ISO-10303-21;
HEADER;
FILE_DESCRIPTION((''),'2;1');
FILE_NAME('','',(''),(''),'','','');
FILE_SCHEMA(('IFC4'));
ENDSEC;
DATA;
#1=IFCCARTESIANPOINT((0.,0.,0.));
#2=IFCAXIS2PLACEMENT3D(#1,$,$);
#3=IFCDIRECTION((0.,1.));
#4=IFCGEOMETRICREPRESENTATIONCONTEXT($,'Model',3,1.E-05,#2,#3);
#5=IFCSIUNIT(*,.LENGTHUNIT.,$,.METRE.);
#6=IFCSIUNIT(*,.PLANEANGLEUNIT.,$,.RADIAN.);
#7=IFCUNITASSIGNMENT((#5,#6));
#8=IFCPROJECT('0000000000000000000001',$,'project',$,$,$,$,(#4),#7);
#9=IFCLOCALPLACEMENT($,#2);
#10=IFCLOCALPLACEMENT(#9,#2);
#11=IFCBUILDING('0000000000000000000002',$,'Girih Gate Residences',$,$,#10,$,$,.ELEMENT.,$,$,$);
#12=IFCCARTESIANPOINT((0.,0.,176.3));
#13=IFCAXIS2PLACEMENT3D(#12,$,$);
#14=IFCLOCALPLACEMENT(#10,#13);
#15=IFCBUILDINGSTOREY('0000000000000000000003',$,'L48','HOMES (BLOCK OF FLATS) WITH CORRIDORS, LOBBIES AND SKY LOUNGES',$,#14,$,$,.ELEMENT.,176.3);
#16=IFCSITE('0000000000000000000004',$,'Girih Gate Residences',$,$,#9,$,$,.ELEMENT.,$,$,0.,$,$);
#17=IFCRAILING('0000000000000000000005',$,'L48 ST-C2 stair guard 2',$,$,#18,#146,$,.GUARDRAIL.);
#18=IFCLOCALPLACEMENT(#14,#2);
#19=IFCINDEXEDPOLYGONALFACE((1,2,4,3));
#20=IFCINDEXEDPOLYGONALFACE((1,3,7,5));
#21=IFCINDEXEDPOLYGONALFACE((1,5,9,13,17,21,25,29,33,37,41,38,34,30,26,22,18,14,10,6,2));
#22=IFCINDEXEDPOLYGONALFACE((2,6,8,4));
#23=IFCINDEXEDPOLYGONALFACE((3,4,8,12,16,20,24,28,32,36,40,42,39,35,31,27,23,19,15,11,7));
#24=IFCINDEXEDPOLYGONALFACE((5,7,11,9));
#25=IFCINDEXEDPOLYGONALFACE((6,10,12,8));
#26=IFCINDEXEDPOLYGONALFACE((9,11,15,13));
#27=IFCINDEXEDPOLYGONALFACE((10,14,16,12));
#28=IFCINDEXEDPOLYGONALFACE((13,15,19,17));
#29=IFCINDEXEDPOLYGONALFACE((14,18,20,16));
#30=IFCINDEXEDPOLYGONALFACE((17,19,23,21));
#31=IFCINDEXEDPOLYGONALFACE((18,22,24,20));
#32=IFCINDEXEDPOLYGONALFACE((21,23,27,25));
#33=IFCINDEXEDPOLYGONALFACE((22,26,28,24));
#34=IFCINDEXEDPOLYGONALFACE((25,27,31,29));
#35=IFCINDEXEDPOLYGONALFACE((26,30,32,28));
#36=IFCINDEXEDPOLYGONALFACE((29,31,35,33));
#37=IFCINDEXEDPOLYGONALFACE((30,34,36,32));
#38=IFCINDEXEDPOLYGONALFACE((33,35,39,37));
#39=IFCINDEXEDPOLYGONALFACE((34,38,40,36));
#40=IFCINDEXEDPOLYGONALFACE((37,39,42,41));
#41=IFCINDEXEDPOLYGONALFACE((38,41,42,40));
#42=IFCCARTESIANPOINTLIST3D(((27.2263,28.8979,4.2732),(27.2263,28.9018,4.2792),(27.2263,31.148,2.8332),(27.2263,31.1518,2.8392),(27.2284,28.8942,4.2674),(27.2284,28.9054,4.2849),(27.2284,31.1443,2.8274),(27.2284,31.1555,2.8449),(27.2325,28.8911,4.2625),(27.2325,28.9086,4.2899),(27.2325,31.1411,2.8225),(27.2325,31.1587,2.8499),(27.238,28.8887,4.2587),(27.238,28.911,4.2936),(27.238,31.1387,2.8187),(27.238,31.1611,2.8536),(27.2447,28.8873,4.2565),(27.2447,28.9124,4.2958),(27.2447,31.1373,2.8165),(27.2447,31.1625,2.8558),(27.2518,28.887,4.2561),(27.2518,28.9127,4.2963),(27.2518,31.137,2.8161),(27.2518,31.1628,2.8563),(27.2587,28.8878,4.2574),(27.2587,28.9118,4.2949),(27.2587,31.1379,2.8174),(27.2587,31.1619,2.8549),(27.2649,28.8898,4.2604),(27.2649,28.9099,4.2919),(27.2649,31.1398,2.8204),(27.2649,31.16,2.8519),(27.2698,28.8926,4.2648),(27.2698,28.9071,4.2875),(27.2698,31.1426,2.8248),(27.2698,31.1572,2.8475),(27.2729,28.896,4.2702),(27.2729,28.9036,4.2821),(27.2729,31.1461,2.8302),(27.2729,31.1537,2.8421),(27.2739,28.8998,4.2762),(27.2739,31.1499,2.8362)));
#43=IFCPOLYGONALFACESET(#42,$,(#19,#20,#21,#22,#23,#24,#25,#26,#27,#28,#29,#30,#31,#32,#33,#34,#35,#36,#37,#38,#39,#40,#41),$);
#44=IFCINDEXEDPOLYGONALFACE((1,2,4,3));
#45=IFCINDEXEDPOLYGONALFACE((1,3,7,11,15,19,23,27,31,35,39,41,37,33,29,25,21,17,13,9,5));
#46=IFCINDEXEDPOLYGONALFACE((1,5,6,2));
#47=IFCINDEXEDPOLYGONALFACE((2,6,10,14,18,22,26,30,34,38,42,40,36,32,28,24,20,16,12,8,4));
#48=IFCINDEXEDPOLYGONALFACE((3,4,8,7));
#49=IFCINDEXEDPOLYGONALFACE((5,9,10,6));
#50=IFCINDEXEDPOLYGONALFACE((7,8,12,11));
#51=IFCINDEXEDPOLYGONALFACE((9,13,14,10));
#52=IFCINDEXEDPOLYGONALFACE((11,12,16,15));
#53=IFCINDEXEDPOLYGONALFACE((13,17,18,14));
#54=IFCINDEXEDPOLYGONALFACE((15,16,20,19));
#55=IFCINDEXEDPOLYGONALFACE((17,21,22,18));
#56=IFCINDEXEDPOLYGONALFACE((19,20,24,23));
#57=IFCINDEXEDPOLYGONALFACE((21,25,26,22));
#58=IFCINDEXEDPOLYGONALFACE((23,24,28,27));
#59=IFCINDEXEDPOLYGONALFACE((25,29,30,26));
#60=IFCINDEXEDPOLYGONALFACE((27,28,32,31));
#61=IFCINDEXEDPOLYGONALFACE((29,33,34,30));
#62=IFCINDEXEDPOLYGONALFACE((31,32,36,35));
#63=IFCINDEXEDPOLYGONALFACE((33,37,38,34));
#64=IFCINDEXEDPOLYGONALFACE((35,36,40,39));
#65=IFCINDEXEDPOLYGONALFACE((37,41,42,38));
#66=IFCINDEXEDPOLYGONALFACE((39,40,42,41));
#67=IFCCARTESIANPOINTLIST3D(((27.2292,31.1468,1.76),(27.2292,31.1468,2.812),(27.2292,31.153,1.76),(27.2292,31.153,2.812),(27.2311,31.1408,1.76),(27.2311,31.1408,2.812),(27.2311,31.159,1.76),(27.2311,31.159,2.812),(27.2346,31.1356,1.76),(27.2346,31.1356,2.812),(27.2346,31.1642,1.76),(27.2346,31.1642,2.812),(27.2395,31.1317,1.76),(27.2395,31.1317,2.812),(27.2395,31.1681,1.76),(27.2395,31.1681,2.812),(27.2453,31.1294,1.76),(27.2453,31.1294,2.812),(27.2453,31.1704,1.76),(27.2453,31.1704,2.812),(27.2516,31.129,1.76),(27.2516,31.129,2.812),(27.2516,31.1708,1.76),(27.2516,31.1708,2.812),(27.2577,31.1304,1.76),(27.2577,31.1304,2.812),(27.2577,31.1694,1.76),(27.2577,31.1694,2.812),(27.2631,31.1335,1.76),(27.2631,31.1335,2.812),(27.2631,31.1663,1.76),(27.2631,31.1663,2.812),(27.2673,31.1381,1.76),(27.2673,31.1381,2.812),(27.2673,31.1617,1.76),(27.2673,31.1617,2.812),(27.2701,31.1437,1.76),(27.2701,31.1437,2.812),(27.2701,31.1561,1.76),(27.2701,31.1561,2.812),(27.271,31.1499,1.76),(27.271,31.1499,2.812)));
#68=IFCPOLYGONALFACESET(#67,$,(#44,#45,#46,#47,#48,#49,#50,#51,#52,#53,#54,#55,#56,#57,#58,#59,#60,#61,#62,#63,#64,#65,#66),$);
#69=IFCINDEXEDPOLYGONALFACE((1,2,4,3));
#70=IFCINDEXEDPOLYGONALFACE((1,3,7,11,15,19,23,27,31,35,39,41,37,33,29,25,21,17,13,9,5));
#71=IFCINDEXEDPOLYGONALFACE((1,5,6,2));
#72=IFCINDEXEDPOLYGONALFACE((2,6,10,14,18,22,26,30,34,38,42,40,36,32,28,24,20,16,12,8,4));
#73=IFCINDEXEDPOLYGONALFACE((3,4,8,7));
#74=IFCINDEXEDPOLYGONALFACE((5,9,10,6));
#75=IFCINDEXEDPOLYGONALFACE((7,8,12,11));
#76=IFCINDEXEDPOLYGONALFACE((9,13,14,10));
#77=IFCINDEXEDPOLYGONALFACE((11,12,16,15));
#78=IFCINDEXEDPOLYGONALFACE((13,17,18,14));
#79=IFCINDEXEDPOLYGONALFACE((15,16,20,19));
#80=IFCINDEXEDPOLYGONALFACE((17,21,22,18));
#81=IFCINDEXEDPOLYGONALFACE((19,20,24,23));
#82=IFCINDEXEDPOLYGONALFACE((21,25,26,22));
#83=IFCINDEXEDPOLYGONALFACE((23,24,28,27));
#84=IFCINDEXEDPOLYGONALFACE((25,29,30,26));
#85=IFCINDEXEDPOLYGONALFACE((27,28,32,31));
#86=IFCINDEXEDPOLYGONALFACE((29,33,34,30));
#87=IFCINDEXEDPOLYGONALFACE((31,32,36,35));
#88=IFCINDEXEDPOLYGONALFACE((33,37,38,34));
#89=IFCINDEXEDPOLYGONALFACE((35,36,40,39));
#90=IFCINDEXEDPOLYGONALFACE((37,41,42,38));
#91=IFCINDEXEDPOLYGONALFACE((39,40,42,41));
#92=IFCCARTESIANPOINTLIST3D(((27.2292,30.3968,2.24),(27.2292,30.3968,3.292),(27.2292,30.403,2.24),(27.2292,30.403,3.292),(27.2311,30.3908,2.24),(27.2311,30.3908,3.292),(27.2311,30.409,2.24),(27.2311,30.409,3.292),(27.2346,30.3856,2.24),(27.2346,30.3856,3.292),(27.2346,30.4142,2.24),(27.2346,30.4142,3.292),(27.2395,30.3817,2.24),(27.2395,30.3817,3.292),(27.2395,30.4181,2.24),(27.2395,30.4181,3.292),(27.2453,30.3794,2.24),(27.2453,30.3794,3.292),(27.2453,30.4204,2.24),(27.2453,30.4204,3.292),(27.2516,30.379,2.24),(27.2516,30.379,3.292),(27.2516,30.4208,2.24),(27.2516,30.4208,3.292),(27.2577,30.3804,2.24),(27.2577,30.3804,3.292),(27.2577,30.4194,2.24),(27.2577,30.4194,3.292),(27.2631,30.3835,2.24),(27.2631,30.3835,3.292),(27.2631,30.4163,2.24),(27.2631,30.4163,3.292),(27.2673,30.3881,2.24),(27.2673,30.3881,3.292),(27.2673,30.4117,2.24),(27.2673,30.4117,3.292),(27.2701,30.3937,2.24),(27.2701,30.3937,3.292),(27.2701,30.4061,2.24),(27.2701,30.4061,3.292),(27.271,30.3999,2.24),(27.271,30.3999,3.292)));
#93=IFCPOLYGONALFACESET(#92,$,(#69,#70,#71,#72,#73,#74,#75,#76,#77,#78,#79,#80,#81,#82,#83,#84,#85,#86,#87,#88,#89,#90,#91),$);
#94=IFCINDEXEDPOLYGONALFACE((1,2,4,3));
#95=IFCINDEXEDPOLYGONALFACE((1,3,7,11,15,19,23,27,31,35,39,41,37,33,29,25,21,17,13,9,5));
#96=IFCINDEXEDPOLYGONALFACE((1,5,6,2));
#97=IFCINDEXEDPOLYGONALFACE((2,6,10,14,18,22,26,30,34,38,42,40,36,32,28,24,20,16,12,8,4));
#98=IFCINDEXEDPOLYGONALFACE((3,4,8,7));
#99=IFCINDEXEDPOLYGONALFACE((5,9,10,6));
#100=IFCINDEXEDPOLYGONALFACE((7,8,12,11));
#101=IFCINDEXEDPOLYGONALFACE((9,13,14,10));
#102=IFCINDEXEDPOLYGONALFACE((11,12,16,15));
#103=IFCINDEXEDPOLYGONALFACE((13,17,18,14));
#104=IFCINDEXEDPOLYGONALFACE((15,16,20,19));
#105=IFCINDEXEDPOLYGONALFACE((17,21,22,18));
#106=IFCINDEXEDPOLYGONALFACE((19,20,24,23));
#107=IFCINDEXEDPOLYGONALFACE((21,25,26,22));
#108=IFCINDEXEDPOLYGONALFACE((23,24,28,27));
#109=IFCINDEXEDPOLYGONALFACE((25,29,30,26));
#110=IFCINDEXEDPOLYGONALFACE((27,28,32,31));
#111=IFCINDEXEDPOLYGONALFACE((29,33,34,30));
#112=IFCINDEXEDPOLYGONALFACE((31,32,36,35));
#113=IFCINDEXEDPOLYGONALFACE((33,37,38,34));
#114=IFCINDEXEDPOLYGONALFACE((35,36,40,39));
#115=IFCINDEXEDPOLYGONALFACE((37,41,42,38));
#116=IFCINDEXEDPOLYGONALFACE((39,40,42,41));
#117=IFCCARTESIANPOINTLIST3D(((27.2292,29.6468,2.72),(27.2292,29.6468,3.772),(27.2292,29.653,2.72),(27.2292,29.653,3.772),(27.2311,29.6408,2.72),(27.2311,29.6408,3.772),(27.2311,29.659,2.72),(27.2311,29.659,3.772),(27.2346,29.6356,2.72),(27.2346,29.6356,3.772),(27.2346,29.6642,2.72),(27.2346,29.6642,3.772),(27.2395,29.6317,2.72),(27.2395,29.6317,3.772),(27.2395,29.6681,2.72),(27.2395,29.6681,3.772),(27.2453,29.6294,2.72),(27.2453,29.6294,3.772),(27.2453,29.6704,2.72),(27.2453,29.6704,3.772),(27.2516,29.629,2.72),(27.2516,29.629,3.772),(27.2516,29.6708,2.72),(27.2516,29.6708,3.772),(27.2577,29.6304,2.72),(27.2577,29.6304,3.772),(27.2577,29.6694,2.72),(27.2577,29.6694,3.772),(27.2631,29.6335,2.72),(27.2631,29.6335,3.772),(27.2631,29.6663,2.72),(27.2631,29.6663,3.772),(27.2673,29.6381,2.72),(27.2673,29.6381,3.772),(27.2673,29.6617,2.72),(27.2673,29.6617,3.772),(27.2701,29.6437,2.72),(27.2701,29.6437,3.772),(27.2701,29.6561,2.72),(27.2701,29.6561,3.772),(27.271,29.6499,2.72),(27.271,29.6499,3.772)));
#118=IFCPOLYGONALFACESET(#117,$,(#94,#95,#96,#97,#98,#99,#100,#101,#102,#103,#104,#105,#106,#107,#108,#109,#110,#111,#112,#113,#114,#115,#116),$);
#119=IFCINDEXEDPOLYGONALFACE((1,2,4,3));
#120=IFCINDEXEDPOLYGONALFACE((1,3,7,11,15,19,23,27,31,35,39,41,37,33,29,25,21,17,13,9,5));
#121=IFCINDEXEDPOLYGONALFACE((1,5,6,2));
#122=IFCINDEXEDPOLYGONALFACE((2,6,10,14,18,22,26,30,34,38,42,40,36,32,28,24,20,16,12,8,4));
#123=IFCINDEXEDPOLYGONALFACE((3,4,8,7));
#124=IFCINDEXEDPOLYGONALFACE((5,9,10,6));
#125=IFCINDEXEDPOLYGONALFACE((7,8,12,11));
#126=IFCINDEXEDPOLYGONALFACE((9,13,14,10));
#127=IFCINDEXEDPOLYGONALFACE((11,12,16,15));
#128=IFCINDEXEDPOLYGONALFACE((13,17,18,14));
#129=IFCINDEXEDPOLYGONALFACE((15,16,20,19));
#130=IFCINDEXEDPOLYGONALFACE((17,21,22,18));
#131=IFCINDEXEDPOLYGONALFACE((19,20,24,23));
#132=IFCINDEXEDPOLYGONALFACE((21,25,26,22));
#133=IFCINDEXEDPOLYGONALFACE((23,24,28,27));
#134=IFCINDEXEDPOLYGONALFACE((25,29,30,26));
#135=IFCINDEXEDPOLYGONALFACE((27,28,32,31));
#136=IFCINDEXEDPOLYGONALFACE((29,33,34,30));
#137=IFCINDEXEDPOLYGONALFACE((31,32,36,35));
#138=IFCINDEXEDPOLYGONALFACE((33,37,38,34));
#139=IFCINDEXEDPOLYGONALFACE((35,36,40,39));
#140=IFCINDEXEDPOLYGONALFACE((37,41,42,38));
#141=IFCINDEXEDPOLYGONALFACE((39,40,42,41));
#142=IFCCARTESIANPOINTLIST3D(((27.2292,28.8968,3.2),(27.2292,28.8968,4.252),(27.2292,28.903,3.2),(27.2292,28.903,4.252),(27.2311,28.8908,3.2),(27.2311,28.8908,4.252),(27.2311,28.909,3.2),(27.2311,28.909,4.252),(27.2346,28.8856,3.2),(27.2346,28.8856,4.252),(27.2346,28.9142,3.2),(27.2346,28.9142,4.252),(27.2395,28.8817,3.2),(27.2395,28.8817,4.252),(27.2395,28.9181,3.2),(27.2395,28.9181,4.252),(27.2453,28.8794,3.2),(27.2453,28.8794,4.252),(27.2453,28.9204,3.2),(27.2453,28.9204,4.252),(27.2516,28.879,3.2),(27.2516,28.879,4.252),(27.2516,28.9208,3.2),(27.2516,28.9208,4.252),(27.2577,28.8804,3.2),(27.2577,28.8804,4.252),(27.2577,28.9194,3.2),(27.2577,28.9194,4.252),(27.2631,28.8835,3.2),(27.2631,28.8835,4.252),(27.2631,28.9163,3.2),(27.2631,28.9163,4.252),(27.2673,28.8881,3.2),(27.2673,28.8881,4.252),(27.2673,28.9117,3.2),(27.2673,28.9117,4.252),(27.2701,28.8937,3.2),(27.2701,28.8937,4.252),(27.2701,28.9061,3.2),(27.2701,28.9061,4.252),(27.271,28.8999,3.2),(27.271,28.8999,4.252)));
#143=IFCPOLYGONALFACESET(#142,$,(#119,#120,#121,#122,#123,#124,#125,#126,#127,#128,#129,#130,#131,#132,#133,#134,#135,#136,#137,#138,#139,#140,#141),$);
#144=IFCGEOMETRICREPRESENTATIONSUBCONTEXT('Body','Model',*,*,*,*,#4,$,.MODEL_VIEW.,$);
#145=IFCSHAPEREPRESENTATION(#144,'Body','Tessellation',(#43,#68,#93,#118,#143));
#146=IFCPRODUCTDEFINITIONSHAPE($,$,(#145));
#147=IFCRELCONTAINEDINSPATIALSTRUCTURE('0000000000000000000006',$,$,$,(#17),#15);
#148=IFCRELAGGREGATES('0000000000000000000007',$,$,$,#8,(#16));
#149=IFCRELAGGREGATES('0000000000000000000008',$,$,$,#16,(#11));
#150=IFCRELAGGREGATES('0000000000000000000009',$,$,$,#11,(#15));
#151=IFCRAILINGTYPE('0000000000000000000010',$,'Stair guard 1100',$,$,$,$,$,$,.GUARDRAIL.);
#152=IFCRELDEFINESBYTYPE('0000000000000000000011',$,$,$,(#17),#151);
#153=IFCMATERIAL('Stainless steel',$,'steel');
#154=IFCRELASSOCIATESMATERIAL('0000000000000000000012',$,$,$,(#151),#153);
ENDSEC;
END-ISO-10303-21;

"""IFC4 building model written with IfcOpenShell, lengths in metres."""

from ifc_helpers import new_model, si_unit, direction, frame, origin, origin_2d, place, context, subcontext, project, spatial, circle, extrude, material, type_object, element, save


model = new_model("IFC4")

# Units and contexts
model_context = context("Model", 3, precision=1e-05, world=origin(), true_north=direction((0.0, 1.0)))
body_context = subcontext(model_context, "Body", "Model", "MODEL_VIEW")
ifc_project = project(units=[si_unit("LENGTHUNIT", "METRE"), si_unit("PLANEANGLEUNIT", "RADIAN")], contexts=[model_context])

# Site, building, storey
site_placement = place(None, origin())
site = spatial("IfcSite", under=ifc_project, at=site_placement, Name="Girih Gate Residences", CompositionType="ELEMENT", RefElevation=0.0)
building_placement = place(site_placement, origin())
building = spatial("IfcBuilding", under=site, at=building_placement, Name="Girih Gate Residences", CompositionType="ELEMENT")
storey_placement = place(building_placement, frame((0.0, 0.0, 176.3)))
storey = spatial("IfcBuildingStorey", under=building, at=storey_placement, Name="L48", Description="HOMES (BLOCK OF FLATS) WITH CORRIDORS, LOBBIES AND SKY LOUNGES", CompositionType="ELEMENT", Elevation=176.3)

# Railing
ifc_material_1 = material(Name="Stainless steel", Category="steel")
railing_type_1 = type_object("IfcRailingType", Name="Stair guard 1100", PredefinedType="GUARDRAIL", material=ifc_material_1)
railing_1_placement = place(storey_placement, frame((27.25, 31.1499, 1.76)))
element("IfcRailing", 1, at=railing_1_placement, inside=storey, type_object=railing_type_1, Name="L48 ST-C2 stair guard 2", PredefinedType="GUARDRAIL", context=body_context, shape_type="SweptSolid", body=[
    extrude(circle(Radius=0.0239, at=origin_2d()), frame((0.0, 0.0, 1.0762), z_axis=(0.0, -0.842281, 0.539038), x_axis=(1.0, 0.0, 0.0)), (0.0, 0.0, 1.0), 2.6714),
    extrude(circle(Radius=0.021, at=origin_2d()), origin(), (0.0, 0.0, 1.0), 1.052),
    extrude(circle(Radius=0.021, at=origin_2d()), frame((0.0, -0.75, 0.48)), (0.0, 0.0, 1.0), 1.052),
    extrude(circle(Radius=0.021, at=origin_2d()), frame((0.0, -1.5, 0.96)), (0.0, 0.0, 1.0), 1.052),
    extrude(circle(Radius=0.021, at=origin_2d()), frame((0.0, -2.25, 1.4399)), (0.0, 0.0, 1.0), 1.052),
])

save(model, "model.ifc")
